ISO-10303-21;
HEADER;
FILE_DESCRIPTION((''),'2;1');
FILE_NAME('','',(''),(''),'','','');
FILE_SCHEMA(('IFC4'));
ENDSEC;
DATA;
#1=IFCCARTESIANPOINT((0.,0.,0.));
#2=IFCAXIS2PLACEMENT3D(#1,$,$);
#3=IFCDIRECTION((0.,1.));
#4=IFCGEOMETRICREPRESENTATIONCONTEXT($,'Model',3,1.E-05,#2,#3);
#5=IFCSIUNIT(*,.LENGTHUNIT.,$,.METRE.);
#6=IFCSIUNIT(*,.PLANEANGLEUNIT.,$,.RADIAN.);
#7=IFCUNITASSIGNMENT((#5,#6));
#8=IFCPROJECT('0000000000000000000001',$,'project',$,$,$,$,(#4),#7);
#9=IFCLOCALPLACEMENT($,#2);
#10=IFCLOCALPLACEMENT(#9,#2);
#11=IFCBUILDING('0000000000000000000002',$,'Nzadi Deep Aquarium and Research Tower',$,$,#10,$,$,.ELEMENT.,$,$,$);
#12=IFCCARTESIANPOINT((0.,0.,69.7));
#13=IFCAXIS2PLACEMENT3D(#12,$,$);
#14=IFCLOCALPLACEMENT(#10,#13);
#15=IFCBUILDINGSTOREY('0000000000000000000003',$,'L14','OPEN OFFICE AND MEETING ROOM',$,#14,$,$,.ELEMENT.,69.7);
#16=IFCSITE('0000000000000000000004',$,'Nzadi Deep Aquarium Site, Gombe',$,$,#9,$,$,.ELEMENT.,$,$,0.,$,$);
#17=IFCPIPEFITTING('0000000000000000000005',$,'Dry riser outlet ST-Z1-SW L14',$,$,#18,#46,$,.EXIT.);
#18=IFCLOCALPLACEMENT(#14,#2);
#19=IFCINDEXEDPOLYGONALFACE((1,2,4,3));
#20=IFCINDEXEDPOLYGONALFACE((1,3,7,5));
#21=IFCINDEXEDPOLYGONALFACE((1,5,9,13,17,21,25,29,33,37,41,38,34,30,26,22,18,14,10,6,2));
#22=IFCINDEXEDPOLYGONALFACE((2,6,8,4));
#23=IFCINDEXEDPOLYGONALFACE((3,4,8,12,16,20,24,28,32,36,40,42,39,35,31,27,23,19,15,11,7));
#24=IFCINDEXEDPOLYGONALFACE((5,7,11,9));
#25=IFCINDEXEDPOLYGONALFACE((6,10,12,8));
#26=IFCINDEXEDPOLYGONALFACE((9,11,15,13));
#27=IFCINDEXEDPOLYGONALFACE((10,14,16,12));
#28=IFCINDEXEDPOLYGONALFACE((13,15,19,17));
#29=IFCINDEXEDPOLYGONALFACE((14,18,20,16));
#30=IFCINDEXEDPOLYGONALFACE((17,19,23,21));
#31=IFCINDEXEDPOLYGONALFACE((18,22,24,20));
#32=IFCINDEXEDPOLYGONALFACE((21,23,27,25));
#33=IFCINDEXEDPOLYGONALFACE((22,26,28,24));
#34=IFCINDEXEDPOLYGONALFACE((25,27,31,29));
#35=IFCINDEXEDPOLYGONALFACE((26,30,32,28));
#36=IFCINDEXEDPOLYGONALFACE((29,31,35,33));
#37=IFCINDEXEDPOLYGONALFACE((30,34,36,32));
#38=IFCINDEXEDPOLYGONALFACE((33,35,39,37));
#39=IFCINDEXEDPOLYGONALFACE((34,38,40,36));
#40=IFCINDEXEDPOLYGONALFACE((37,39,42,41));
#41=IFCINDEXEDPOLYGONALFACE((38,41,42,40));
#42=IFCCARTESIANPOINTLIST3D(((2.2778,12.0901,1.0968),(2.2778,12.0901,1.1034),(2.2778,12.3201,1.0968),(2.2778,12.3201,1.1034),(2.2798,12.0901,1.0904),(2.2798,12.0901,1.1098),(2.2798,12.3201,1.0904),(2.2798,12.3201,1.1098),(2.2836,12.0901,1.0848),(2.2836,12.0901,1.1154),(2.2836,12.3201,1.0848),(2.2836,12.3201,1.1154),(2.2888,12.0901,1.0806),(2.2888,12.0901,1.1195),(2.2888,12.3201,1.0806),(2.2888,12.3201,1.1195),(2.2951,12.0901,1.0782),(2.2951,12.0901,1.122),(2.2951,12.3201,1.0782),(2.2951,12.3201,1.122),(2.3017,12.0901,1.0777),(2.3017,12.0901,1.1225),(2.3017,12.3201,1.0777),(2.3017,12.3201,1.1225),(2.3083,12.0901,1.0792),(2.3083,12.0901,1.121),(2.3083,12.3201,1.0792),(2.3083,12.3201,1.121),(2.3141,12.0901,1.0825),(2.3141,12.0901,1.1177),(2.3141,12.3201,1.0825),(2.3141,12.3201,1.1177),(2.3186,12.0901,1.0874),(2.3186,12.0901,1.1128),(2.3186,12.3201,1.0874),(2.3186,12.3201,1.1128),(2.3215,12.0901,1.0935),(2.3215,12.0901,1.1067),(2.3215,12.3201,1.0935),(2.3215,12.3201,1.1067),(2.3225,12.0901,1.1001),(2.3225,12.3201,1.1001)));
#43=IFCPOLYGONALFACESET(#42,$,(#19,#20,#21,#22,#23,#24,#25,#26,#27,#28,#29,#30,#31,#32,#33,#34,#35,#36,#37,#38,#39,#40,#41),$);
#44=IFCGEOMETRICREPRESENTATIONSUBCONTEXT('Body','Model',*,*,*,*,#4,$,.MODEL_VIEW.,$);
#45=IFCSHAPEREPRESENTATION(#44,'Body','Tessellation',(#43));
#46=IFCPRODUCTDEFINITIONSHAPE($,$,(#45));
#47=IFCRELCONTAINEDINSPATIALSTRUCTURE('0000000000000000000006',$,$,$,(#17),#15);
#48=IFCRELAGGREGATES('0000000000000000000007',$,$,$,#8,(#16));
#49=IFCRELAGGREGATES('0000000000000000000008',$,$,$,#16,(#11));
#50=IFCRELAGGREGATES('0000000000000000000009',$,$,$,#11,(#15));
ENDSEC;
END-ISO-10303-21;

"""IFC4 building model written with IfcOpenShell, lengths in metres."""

from ifc_helpers import new_model, si_unit, direction, frame, origin, origin_2d, place, context, subcontext, project, spatial, circle, extrude, element, save


model = new_model("IFC4")

# Units and contexts
model_context = context("Model", 3, precision=1e-05, world=origin(), true_north=direction((0.0, 1.0)))
body_context = subcontext(model_context, "Body", "Model", "MODEL_VIEW")
ifc_project = project(units=[si_unit("LENGTHUNIT", "METRE"), si_unit("PLANEANGLEUNIT", "RADIAN")], contexts=[model_context])

# Site, building, storey
site_placement = place(None, origin())
site = spatial("IfcSite", under=ifc_project, at=site_placement, Name="Nzadi Deep Aquarium Site, Gombe", CompositionType="ELEMENT", RefElevation=0.0)
building_placement = place(site_placement, origin())
building = spatial("IfcBuilding", under=site, at=building_placement, Name="Nzadi Deep Aquarium and Research Tower", CompositionType="ELEMENT")
storey_placement = place(building_placement, frame((0.0, 0.0, 69.7)))
storey = spatial("IfcBuildingStorey", under=building, at=storey_placement, Name="L14", Description="OPEN OFFICE AND MEETING ROOM", CompositionType="ELEMENT", Elevation=69.7)

# Pipe fitting
pipe_fitting_placement = place(storey_placement, frame((2.3, 12.3201, 1.1001), z_axis=(0.0, -1.0, 0.0), x_axis=(1.0, 0.0, 0.0)))
element("IfcPipeFitting", 1, at=pipe_fitting_placement, inside=storey, Name="Dry riser outlet ST-Z1-SW L14", PredefinedType="EXIT", context=body_context, shape_type="SweptSolid", body=[
    extrude(circle(Radius=0.0225, at=origin_2d()), origin(), (0.0, 0.0, 1.0), 0.23),
])

save(model, "model.ifc")
